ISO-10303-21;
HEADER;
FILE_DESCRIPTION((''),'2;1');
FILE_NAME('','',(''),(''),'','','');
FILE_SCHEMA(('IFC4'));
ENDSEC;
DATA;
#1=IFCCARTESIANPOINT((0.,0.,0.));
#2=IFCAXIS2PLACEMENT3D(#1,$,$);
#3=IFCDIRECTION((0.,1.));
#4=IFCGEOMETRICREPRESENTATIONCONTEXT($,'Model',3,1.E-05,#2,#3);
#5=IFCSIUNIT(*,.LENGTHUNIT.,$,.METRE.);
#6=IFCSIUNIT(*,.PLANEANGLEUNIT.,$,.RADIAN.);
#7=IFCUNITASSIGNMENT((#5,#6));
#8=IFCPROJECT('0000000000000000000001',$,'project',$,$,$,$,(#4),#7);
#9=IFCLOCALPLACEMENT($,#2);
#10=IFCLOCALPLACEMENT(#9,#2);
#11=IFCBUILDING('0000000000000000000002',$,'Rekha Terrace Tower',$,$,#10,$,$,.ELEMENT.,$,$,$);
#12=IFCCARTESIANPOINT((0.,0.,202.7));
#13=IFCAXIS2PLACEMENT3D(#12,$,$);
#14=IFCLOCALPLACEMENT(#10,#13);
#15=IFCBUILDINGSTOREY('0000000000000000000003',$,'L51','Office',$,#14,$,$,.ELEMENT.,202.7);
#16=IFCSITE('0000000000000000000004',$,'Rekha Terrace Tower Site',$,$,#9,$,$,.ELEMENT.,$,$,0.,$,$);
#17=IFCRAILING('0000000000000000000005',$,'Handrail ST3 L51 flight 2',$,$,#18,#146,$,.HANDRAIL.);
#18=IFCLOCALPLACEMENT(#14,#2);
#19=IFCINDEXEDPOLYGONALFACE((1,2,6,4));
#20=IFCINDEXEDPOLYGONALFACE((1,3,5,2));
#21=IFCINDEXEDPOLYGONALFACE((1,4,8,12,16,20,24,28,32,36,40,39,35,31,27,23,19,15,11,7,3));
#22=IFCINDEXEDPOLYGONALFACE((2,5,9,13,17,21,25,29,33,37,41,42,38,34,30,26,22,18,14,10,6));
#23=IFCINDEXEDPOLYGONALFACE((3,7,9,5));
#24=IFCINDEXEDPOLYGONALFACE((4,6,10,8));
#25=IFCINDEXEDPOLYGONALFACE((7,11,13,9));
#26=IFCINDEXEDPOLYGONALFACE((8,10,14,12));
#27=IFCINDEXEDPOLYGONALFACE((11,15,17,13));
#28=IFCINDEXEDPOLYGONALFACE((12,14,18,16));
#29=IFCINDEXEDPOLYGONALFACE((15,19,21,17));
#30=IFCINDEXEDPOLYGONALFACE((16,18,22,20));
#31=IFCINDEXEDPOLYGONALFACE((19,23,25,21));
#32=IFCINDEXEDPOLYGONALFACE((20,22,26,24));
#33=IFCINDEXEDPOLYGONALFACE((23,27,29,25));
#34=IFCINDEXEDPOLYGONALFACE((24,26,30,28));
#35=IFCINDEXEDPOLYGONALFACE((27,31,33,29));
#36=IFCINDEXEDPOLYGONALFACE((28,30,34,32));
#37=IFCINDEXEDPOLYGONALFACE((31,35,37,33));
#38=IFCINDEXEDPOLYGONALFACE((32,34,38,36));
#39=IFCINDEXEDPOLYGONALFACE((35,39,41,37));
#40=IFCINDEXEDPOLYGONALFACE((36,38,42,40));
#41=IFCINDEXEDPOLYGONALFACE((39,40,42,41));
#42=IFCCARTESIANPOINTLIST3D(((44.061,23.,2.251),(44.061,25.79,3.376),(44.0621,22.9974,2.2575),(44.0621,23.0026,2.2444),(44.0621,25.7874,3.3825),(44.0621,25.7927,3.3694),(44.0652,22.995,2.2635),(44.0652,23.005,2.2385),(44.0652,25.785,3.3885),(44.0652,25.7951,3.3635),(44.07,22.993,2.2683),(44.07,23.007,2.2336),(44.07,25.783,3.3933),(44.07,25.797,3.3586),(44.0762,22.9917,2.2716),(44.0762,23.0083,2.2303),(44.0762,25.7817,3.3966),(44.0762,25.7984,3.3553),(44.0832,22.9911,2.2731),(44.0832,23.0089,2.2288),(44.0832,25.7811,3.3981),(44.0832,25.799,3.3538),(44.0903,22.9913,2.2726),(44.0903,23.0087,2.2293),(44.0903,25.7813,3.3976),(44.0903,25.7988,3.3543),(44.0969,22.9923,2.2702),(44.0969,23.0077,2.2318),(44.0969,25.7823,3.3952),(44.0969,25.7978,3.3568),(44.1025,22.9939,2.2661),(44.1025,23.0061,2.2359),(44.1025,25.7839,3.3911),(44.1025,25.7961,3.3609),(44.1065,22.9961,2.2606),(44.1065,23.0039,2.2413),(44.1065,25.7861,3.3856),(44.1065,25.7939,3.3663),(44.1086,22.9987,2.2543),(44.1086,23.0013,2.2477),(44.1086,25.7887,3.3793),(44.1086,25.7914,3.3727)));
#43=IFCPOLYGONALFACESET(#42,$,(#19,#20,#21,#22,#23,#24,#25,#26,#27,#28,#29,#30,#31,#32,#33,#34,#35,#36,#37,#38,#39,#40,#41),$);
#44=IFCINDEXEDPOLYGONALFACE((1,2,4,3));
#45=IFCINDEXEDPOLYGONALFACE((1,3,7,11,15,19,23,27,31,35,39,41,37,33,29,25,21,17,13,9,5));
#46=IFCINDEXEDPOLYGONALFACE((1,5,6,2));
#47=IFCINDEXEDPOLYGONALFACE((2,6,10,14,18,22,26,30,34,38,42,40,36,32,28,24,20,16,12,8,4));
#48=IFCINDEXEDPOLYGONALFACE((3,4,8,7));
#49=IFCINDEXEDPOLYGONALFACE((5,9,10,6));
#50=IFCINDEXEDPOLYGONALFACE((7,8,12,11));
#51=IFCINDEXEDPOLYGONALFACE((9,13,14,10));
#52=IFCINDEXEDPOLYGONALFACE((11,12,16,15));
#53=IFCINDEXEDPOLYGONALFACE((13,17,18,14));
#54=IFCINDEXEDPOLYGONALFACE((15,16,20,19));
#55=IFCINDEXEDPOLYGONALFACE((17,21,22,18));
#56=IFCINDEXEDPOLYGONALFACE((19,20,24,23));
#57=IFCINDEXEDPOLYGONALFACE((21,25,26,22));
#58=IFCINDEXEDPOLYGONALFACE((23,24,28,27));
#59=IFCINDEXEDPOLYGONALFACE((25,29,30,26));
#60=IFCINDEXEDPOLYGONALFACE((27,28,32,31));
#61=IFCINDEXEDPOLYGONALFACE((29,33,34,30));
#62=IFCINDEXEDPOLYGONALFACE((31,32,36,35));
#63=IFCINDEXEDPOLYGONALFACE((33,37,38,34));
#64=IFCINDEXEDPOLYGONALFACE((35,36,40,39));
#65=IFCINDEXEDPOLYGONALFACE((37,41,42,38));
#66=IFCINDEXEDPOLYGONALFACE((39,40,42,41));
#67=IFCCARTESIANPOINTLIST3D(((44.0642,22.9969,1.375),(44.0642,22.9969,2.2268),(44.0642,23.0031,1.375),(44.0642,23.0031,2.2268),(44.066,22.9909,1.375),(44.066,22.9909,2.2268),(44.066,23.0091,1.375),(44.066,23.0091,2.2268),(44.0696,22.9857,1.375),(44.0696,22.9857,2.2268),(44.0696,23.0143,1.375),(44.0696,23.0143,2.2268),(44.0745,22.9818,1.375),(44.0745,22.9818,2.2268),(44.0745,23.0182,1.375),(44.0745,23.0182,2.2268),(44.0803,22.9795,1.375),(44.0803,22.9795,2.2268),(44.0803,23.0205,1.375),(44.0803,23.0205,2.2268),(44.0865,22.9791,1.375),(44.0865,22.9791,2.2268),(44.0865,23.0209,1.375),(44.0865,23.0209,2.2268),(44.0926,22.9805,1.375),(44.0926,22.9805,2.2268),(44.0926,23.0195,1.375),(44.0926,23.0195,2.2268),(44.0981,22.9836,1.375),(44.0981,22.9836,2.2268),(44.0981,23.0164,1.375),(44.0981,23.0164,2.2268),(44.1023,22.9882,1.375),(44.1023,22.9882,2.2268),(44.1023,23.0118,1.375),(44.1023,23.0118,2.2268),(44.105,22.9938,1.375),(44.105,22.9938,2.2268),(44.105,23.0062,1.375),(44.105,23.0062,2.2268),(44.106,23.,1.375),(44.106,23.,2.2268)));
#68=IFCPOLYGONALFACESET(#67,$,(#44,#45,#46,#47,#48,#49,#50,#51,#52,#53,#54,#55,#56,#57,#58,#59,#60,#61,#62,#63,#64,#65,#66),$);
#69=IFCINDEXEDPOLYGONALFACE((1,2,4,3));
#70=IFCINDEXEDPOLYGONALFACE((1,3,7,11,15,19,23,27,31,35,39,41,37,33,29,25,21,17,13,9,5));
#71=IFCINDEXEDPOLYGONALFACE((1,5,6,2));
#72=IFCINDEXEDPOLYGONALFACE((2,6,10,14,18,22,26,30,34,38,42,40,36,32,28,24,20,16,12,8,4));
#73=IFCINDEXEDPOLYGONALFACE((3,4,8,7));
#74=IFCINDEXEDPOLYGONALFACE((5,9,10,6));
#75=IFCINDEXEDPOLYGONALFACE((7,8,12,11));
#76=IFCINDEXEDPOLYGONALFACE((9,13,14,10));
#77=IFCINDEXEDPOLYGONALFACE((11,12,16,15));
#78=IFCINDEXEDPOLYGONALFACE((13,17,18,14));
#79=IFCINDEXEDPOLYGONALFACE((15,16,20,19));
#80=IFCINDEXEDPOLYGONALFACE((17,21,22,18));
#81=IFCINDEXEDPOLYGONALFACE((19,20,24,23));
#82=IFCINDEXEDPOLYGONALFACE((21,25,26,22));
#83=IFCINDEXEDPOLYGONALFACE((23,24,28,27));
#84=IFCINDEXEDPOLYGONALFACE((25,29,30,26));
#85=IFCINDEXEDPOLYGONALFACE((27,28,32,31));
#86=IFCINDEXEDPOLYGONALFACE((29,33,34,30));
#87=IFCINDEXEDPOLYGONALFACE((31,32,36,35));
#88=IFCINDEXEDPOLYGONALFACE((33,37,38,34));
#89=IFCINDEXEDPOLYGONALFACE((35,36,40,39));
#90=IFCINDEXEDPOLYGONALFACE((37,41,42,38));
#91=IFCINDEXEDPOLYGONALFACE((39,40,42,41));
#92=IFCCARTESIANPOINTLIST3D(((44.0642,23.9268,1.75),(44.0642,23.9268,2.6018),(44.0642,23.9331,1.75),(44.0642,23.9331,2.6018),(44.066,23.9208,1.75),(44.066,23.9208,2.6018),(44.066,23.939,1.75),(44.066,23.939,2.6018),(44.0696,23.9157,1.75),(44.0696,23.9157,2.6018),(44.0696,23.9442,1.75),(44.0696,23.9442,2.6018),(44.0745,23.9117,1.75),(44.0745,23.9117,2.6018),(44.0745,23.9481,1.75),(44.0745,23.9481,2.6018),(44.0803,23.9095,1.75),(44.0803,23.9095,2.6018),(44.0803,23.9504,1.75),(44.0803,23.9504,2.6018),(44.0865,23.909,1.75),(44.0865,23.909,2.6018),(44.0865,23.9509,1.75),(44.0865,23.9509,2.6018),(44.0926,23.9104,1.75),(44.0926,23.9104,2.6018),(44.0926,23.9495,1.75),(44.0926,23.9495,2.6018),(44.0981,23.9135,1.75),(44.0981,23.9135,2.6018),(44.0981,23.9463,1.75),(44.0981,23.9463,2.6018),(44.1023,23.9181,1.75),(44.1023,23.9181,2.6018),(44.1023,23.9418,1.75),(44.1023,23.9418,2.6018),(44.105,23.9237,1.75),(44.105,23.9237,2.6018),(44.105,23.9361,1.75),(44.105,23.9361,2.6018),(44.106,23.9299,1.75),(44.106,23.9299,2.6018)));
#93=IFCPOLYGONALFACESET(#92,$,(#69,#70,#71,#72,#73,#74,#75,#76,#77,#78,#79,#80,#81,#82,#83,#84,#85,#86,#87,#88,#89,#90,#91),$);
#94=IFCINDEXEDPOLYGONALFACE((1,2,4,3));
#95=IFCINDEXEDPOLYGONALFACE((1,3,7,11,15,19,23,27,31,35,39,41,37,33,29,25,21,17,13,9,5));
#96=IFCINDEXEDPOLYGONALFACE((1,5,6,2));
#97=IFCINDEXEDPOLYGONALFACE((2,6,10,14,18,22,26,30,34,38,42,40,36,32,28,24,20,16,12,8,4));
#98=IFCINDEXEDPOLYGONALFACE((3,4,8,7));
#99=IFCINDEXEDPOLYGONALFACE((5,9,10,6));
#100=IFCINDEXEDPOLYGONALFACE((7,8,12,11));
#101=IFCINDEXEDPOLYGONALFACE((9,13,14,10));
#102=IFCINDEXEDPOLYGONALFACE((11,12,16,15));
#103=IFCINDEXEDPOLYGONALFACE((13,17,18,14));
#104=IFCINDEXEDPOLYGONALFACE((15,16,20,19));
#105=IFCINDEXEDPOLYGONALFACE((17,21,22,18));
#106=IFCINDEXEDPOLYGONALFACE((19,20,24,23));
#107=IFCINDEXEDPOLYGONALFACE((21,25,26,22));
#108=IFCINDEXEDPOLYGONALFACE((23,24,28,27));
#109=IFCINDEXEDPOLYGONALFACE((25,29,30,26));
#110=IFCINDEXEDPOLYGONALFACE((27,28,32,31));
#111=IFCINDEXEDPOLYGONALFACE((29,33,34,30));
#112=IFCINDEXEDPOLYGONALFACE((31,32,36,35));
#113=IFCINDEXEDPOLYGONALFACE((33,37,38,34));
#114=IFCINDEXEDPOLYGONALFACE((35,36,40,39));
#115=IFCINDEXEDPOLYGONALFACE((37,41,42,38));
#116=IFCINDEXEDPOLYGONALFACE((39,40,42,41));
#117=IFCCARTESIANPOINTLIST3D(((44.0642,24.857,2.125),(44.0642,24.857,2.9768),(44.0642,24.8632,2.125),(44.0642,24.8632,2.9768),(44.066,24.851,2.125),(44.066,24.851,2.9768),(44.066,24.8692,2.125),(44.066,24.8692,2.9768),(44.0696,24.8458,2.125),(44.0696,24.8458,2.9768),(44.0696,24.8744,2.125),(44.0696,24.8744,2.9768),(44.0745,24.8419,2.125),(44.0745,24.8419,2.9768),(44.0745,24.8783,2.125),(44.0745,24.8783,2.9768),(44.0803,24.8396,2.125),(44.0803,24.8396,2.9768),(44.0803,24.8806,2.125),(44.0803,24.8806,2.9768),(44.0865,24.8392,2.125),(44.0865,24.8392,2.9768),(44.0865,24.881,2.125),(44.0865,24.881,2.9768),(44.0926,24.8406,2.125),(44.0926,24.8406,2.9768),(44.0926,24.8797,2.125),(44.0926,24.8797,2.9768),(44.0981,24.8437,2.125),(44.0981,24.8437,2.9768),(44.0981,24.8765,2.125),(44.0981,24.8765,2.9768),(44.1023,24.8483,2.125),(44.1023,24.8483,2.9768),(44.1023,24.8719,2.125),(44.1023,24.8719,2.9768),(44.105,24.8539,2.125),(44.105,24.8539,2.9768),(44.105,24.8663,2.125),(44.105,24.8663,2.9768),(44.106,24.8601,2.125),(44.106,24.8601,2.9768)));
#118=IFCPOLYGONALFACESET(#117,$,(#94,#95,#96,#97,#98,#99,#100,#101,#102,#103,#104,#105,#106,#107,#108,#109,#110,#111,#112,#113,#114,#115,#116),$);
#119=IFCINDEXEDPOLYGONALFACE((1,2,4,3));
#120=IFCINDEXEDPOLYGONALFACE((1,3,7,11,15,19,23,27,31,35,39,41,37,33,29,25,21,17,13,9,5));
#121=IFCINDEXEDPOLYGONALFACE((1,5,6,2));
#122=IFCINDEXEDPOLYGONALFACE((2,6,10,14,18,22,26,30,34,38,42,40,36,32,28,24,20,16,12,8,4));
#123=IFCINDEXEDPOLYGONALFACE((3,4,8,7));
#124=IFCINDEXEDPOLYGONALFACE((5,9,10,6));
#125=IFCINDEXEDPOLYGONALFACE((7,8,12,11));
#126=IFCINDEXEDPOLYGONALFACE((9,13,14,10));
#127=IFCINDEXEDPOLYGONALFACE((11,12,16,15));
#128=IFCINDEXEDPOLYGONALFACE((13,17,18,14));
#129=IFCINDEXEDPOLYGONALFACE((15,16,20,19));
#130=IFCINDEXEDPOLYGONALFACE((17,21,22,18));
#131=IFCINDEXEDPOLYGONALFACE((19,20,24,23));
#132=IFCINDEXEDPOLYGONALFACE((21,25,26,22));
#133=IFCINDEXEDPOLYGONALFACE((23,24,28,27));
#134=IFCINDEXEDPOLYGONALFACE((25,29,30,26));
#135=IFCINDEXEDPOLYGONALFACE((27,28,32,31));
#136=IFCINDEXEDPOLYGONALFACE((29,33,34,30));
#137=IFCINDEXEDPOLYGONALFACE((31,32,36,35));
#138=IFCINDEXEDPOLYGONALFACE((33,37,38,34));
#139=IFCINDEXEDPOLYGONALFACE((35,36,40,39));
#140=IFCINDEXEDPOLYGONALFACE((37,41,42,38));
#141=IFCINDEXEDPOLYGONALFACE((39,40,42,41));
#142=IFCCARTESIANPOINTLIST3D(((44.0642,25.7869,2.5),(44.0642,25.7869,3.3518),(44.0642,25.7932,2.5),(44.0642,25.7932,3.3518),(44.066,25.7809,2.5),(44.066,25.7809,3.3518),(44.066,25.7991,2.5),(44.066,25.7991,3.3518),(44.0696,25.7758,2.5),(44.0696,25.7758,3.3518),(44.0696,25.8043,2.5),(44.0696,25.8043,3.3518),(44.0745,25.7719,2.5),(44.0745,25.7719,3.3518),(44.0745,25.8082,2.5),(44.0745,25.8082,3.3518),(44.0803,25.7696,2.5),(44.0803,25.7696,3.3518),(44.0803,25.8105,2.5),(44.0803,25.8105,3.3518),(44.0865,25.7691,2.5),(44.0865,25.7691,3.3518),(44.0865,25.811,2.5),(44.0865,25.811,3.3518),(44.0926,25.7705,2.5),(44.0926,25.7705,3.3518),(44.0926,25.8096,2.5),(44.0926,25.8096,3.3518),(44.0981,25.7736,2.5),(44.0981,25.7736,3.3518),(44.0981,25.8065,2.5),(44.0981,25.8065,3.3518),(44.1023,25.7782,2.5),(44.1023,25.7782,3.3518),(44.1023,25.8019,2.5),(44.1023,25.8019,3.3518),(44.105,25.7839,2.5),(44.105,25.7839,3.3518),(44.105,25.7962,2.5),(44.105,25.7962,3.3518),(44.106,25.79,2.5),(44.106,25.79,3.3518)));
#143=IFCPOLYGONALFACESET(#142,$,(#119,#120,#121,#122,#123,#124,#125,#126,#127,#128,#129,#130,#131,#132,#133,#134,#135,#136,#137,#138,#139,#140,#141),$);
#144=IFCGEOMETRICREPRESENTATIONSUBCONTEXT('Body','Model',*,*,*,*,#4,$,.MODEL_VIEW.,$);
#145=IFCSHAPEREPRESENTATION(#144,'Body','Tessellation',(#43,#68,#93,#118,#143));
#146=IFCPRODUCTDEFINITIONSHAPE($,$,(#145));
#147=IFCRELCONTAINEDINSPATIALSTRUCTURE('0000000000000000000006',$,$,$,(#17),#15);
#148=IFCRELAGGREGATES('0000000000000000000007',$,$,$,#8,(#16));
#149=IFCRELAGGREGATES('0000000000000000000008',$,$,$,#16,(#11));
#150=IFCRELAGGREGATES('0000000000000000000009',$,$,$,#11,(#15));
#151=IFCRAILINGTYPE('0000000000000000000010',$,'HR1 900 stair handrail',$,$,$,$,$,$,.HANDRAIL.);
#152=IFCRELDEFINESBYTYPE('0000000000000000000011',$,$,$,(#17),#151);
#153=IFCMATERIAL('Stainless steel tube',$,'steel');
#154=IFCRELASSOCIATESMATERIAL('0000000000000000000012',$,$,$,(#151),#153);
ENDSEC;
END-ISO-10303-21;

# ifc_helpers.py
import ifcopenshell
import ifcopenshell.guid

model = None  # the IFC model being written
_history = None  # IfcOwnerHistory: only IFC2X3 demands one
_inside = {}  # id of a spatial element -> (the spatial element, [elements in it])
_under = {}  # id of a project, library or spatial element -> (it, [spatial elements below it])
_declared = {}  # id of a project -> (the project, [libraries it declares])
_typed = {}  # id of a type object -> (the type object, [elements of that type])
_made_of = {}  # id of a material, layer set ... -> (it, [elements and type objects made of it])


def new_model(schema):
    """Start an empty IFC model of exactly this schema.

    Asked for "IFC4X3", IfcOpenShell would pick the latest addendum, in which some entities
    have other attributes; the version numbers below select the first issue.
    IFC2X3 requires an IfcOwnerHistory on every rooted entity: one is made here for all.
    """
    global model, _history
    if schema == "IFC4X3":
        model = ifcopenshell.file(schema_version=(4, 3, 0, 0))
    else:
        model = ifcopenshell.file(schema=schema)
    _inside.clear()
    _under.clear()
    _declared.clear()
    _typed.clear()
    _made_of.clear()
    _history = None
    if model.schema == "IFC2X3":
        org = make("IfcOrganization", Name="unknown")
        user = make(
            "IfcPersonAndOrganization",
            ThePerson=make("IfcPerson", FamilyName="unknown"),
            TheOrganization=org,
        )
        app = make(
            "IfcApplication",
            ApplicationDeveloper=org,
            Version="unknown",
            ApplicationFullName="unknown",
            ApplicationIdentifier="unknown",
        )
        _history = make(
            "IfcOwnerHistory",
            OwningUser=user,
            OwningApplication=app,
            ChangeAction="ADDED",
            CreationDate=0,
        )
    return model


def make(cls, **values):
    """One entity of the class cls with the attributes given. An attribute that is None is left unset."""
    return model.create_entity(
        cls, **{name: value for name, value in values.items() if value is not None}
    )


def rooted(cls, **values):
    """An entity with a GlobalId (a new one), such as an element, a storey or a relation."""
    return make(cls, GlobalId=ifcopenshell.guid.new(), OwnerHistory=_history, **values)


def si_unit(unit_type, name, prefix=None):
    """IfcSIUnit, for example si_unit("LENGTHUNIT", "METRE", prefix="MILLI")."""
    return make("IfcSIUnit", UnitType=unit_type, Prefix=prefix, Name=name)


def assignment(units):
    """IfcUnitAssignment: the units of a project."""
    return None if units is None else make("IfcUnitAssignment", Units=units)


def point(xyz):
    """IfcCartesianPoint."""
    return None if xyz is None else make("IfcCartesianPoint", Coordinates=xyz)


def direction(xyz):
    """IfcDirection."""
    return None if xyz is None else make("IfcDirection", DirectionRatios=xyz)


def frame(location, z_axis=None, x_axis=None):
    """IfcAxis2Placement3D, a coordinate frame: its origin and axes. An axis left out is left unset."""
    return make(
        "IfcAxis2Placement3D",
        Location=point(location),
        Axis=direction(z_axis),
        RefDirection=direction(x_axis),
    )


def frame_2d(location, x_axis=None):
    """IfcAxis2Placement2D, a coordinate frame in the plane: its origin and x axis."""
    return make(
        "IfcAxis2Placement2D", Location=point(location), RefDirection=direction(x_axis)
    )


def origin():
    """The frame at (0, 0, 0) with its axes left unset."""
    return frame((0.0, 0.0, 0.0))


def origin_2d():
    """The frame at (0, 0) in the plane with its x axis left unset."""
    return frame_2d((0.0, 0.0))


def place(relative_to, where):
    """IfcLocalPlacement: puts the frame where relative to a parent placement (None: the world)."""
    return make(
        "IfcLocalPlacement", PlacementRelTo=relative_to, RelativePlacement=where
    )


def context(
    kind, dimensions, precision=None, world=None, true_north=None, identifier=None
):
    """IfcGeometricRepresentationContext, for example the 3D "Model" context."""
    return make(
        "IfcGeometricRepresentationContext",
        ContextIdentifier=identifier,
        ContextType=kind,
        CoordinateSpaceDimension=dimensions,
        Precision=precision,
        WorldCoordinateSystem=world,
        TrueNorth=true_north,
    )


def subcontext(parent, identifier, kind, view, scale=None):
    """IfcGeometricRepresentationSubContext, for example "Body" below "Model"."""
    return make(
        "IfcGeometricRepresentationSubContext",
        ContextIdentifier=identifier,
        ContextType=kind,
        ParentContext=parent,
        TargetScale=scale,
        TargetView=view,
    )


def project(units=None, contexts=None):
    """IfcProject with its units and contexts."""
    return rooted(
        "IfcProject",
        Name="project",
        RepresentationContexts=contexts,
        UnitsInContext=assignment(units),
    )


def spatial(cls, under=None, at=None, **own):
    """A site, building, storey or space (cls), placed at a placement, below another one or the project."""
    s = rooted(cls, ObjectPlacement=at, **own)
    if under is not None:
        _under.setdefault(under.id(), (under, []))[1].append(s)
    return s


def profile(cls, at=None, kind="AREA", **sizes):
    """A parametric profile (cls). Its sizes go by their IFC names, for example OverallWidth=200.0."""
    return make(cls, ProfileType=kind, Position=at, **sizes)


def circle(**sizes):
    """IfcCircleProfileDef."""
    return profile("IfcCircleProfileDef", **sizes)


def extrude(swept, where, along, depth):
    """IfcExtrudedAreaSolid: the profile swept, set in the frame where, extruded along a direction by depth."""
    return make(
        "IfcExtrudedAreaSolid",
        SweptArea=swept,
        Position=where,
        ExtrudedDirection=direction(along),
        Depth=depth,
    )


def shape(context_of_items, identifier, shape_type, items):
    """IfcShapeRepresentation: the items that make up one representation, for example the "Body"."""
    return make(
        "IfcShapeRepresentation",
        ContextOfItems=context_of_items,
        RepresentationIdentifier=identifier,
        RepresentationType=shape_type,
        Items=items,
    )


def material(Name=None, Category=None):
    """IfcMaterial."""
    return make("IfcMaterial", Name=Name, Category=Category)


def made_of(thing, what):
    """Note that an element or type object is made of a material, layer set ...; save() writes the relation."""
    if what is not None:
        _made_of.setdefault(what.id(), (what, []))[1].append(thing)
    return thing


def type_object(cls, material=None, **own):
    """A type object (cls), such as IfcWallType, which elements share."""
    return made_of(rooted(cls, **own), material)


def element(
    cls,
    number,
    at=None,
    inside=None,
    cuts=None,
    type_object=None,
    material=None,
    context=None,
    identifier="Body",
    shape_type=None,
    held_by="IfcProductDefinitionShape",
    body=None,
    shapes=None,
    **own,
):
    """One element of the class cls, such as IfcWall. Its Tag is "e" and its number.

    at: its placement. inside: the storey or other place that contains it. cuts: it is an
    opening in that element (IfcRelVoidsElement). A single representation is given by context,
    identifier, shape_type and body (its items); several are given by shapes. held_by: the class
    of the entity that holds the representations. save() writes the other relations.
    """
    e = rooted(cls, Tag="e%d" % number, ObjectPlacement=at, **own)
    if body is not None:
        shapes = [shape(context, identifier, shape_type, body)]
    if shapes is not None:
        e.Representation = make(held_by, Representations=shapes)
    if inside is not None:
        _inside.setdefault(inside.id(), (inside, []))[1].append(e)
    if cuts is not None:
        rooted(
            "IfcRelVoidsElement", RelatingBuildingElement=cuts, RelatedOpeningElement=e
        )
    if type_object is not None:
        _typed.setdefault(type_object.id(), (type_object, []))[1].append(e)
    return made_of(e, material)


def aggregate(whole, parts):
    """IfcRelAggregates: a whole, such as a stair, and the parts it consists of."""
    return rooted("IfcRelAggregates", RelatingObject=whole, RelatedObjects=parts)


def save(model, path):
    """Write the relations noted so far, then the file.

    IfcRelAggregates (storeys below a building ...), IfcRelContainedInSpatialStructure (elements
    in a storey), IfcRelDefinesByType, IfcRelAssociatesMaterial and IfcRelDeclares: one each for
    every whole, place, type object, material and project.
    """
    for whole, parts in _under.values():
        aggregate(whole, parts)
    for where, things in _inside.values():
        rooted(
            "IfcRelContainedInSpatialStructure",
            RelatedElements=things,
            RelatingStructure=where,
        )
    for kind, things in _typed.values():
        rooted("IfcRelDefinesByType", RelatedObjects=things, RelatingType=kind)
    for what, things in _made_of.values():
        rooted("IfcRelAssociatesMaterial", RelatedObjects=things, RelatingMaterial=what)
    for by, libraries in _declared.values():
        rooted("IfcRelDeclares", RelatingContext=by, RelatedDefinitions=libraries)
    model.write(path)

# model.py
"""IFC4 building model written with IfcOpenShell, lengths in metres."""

from ifc_helpers import new_model, si_unit, direction, frame, origin, origin_2d, place, context, subcontext, project, spatial, circle, extrude, material, type_object, element, save


model = new_model("IFC4")

# Units and contexts
model_context = context("Model", 3, precision=1e-05, world=origin(), true_north=direction((0.0, 1.0)))
body_context = subcontext(model_context, "Body", "Model", "MODEL_VIEW")
ifc_project = project(units=[si_unit("LENGTHUNIT", "METRE"), si_unit("PLANEANGLEUNIT", "RADIAN")], contexts=[model_context])

# Site, building, storey
site_placement = place(None, origin())
site = spatial("IfcSite", under=ifc_project, at=site_placement, Name="Rekha Terrace Tower Site", CompositionType="ELEMENT", RefElevation=0.0)
building_placement = place(site_placement, origin())
building = spatial("IfcBuilding", under=site, at=building_placement, Name="Rekha Terrace Tower", CompositionType="ELEMENT")
storey_placement = place(building_placement, frame((0.0, 0.0, 202.7)))
storey = spatial("IfcBuildingStorey", under=building, at=storey_placement, Name="L51", Description="Office", CompositionType="ELEMENT", Elevation=202.7)

# Railing
ifc_material_1 = material(Name="Stainless steel tube", Category="steel")
railing_type = type_object("IfcRailingType", Name="HR1 900 stair handrail", PredefinedType="HANDRAIL", material=ifc_material_1)
railing_placement = place(storey_placement, frame((44.085, 23.0, 1.375)))
element("IfcRailing", 1, at=railing_placement, inside=storey, type_object=railing_type, Name="Handrail ST3 L51 flight 2", PredefinedType="HANDRAIL", context=body_context, shape_type="SweptSolid", body=[
    extrude(circle(Radius=0.0239, at=origin_2d()), frame((0.0, 0.0, 0.876), z_axis=(0.0, 0.927443, 0.373964), x_axis=(-1.0, 0.0, 0.0)), (0.0, 0.0, 1.0), 3.0083),
    extrude(circle(Radius=0.021, at=origin_2d()), origin(), (0.0, 0.0, 1.0), 0.8518),
    extrude(circle(Radius=0.021, at=origin_2d()), frame((0.0, 0.9299, 0.375)), (0.0, 0.0, 1.0), 0.8518),
    extrude(circle(Radius=0.021, at=origin_2d()), frame((0.0, 1.8601, 0.75)), (0.0, 0.0, 1.0), 0.8518),
    extrude(circle(Radius=0.021, at=origin_2d()), frame((0.0, 2.79, 1.125)), (0.0, 0.0, 1.0), 0.8518),
])

save(model, "model.ifc")
